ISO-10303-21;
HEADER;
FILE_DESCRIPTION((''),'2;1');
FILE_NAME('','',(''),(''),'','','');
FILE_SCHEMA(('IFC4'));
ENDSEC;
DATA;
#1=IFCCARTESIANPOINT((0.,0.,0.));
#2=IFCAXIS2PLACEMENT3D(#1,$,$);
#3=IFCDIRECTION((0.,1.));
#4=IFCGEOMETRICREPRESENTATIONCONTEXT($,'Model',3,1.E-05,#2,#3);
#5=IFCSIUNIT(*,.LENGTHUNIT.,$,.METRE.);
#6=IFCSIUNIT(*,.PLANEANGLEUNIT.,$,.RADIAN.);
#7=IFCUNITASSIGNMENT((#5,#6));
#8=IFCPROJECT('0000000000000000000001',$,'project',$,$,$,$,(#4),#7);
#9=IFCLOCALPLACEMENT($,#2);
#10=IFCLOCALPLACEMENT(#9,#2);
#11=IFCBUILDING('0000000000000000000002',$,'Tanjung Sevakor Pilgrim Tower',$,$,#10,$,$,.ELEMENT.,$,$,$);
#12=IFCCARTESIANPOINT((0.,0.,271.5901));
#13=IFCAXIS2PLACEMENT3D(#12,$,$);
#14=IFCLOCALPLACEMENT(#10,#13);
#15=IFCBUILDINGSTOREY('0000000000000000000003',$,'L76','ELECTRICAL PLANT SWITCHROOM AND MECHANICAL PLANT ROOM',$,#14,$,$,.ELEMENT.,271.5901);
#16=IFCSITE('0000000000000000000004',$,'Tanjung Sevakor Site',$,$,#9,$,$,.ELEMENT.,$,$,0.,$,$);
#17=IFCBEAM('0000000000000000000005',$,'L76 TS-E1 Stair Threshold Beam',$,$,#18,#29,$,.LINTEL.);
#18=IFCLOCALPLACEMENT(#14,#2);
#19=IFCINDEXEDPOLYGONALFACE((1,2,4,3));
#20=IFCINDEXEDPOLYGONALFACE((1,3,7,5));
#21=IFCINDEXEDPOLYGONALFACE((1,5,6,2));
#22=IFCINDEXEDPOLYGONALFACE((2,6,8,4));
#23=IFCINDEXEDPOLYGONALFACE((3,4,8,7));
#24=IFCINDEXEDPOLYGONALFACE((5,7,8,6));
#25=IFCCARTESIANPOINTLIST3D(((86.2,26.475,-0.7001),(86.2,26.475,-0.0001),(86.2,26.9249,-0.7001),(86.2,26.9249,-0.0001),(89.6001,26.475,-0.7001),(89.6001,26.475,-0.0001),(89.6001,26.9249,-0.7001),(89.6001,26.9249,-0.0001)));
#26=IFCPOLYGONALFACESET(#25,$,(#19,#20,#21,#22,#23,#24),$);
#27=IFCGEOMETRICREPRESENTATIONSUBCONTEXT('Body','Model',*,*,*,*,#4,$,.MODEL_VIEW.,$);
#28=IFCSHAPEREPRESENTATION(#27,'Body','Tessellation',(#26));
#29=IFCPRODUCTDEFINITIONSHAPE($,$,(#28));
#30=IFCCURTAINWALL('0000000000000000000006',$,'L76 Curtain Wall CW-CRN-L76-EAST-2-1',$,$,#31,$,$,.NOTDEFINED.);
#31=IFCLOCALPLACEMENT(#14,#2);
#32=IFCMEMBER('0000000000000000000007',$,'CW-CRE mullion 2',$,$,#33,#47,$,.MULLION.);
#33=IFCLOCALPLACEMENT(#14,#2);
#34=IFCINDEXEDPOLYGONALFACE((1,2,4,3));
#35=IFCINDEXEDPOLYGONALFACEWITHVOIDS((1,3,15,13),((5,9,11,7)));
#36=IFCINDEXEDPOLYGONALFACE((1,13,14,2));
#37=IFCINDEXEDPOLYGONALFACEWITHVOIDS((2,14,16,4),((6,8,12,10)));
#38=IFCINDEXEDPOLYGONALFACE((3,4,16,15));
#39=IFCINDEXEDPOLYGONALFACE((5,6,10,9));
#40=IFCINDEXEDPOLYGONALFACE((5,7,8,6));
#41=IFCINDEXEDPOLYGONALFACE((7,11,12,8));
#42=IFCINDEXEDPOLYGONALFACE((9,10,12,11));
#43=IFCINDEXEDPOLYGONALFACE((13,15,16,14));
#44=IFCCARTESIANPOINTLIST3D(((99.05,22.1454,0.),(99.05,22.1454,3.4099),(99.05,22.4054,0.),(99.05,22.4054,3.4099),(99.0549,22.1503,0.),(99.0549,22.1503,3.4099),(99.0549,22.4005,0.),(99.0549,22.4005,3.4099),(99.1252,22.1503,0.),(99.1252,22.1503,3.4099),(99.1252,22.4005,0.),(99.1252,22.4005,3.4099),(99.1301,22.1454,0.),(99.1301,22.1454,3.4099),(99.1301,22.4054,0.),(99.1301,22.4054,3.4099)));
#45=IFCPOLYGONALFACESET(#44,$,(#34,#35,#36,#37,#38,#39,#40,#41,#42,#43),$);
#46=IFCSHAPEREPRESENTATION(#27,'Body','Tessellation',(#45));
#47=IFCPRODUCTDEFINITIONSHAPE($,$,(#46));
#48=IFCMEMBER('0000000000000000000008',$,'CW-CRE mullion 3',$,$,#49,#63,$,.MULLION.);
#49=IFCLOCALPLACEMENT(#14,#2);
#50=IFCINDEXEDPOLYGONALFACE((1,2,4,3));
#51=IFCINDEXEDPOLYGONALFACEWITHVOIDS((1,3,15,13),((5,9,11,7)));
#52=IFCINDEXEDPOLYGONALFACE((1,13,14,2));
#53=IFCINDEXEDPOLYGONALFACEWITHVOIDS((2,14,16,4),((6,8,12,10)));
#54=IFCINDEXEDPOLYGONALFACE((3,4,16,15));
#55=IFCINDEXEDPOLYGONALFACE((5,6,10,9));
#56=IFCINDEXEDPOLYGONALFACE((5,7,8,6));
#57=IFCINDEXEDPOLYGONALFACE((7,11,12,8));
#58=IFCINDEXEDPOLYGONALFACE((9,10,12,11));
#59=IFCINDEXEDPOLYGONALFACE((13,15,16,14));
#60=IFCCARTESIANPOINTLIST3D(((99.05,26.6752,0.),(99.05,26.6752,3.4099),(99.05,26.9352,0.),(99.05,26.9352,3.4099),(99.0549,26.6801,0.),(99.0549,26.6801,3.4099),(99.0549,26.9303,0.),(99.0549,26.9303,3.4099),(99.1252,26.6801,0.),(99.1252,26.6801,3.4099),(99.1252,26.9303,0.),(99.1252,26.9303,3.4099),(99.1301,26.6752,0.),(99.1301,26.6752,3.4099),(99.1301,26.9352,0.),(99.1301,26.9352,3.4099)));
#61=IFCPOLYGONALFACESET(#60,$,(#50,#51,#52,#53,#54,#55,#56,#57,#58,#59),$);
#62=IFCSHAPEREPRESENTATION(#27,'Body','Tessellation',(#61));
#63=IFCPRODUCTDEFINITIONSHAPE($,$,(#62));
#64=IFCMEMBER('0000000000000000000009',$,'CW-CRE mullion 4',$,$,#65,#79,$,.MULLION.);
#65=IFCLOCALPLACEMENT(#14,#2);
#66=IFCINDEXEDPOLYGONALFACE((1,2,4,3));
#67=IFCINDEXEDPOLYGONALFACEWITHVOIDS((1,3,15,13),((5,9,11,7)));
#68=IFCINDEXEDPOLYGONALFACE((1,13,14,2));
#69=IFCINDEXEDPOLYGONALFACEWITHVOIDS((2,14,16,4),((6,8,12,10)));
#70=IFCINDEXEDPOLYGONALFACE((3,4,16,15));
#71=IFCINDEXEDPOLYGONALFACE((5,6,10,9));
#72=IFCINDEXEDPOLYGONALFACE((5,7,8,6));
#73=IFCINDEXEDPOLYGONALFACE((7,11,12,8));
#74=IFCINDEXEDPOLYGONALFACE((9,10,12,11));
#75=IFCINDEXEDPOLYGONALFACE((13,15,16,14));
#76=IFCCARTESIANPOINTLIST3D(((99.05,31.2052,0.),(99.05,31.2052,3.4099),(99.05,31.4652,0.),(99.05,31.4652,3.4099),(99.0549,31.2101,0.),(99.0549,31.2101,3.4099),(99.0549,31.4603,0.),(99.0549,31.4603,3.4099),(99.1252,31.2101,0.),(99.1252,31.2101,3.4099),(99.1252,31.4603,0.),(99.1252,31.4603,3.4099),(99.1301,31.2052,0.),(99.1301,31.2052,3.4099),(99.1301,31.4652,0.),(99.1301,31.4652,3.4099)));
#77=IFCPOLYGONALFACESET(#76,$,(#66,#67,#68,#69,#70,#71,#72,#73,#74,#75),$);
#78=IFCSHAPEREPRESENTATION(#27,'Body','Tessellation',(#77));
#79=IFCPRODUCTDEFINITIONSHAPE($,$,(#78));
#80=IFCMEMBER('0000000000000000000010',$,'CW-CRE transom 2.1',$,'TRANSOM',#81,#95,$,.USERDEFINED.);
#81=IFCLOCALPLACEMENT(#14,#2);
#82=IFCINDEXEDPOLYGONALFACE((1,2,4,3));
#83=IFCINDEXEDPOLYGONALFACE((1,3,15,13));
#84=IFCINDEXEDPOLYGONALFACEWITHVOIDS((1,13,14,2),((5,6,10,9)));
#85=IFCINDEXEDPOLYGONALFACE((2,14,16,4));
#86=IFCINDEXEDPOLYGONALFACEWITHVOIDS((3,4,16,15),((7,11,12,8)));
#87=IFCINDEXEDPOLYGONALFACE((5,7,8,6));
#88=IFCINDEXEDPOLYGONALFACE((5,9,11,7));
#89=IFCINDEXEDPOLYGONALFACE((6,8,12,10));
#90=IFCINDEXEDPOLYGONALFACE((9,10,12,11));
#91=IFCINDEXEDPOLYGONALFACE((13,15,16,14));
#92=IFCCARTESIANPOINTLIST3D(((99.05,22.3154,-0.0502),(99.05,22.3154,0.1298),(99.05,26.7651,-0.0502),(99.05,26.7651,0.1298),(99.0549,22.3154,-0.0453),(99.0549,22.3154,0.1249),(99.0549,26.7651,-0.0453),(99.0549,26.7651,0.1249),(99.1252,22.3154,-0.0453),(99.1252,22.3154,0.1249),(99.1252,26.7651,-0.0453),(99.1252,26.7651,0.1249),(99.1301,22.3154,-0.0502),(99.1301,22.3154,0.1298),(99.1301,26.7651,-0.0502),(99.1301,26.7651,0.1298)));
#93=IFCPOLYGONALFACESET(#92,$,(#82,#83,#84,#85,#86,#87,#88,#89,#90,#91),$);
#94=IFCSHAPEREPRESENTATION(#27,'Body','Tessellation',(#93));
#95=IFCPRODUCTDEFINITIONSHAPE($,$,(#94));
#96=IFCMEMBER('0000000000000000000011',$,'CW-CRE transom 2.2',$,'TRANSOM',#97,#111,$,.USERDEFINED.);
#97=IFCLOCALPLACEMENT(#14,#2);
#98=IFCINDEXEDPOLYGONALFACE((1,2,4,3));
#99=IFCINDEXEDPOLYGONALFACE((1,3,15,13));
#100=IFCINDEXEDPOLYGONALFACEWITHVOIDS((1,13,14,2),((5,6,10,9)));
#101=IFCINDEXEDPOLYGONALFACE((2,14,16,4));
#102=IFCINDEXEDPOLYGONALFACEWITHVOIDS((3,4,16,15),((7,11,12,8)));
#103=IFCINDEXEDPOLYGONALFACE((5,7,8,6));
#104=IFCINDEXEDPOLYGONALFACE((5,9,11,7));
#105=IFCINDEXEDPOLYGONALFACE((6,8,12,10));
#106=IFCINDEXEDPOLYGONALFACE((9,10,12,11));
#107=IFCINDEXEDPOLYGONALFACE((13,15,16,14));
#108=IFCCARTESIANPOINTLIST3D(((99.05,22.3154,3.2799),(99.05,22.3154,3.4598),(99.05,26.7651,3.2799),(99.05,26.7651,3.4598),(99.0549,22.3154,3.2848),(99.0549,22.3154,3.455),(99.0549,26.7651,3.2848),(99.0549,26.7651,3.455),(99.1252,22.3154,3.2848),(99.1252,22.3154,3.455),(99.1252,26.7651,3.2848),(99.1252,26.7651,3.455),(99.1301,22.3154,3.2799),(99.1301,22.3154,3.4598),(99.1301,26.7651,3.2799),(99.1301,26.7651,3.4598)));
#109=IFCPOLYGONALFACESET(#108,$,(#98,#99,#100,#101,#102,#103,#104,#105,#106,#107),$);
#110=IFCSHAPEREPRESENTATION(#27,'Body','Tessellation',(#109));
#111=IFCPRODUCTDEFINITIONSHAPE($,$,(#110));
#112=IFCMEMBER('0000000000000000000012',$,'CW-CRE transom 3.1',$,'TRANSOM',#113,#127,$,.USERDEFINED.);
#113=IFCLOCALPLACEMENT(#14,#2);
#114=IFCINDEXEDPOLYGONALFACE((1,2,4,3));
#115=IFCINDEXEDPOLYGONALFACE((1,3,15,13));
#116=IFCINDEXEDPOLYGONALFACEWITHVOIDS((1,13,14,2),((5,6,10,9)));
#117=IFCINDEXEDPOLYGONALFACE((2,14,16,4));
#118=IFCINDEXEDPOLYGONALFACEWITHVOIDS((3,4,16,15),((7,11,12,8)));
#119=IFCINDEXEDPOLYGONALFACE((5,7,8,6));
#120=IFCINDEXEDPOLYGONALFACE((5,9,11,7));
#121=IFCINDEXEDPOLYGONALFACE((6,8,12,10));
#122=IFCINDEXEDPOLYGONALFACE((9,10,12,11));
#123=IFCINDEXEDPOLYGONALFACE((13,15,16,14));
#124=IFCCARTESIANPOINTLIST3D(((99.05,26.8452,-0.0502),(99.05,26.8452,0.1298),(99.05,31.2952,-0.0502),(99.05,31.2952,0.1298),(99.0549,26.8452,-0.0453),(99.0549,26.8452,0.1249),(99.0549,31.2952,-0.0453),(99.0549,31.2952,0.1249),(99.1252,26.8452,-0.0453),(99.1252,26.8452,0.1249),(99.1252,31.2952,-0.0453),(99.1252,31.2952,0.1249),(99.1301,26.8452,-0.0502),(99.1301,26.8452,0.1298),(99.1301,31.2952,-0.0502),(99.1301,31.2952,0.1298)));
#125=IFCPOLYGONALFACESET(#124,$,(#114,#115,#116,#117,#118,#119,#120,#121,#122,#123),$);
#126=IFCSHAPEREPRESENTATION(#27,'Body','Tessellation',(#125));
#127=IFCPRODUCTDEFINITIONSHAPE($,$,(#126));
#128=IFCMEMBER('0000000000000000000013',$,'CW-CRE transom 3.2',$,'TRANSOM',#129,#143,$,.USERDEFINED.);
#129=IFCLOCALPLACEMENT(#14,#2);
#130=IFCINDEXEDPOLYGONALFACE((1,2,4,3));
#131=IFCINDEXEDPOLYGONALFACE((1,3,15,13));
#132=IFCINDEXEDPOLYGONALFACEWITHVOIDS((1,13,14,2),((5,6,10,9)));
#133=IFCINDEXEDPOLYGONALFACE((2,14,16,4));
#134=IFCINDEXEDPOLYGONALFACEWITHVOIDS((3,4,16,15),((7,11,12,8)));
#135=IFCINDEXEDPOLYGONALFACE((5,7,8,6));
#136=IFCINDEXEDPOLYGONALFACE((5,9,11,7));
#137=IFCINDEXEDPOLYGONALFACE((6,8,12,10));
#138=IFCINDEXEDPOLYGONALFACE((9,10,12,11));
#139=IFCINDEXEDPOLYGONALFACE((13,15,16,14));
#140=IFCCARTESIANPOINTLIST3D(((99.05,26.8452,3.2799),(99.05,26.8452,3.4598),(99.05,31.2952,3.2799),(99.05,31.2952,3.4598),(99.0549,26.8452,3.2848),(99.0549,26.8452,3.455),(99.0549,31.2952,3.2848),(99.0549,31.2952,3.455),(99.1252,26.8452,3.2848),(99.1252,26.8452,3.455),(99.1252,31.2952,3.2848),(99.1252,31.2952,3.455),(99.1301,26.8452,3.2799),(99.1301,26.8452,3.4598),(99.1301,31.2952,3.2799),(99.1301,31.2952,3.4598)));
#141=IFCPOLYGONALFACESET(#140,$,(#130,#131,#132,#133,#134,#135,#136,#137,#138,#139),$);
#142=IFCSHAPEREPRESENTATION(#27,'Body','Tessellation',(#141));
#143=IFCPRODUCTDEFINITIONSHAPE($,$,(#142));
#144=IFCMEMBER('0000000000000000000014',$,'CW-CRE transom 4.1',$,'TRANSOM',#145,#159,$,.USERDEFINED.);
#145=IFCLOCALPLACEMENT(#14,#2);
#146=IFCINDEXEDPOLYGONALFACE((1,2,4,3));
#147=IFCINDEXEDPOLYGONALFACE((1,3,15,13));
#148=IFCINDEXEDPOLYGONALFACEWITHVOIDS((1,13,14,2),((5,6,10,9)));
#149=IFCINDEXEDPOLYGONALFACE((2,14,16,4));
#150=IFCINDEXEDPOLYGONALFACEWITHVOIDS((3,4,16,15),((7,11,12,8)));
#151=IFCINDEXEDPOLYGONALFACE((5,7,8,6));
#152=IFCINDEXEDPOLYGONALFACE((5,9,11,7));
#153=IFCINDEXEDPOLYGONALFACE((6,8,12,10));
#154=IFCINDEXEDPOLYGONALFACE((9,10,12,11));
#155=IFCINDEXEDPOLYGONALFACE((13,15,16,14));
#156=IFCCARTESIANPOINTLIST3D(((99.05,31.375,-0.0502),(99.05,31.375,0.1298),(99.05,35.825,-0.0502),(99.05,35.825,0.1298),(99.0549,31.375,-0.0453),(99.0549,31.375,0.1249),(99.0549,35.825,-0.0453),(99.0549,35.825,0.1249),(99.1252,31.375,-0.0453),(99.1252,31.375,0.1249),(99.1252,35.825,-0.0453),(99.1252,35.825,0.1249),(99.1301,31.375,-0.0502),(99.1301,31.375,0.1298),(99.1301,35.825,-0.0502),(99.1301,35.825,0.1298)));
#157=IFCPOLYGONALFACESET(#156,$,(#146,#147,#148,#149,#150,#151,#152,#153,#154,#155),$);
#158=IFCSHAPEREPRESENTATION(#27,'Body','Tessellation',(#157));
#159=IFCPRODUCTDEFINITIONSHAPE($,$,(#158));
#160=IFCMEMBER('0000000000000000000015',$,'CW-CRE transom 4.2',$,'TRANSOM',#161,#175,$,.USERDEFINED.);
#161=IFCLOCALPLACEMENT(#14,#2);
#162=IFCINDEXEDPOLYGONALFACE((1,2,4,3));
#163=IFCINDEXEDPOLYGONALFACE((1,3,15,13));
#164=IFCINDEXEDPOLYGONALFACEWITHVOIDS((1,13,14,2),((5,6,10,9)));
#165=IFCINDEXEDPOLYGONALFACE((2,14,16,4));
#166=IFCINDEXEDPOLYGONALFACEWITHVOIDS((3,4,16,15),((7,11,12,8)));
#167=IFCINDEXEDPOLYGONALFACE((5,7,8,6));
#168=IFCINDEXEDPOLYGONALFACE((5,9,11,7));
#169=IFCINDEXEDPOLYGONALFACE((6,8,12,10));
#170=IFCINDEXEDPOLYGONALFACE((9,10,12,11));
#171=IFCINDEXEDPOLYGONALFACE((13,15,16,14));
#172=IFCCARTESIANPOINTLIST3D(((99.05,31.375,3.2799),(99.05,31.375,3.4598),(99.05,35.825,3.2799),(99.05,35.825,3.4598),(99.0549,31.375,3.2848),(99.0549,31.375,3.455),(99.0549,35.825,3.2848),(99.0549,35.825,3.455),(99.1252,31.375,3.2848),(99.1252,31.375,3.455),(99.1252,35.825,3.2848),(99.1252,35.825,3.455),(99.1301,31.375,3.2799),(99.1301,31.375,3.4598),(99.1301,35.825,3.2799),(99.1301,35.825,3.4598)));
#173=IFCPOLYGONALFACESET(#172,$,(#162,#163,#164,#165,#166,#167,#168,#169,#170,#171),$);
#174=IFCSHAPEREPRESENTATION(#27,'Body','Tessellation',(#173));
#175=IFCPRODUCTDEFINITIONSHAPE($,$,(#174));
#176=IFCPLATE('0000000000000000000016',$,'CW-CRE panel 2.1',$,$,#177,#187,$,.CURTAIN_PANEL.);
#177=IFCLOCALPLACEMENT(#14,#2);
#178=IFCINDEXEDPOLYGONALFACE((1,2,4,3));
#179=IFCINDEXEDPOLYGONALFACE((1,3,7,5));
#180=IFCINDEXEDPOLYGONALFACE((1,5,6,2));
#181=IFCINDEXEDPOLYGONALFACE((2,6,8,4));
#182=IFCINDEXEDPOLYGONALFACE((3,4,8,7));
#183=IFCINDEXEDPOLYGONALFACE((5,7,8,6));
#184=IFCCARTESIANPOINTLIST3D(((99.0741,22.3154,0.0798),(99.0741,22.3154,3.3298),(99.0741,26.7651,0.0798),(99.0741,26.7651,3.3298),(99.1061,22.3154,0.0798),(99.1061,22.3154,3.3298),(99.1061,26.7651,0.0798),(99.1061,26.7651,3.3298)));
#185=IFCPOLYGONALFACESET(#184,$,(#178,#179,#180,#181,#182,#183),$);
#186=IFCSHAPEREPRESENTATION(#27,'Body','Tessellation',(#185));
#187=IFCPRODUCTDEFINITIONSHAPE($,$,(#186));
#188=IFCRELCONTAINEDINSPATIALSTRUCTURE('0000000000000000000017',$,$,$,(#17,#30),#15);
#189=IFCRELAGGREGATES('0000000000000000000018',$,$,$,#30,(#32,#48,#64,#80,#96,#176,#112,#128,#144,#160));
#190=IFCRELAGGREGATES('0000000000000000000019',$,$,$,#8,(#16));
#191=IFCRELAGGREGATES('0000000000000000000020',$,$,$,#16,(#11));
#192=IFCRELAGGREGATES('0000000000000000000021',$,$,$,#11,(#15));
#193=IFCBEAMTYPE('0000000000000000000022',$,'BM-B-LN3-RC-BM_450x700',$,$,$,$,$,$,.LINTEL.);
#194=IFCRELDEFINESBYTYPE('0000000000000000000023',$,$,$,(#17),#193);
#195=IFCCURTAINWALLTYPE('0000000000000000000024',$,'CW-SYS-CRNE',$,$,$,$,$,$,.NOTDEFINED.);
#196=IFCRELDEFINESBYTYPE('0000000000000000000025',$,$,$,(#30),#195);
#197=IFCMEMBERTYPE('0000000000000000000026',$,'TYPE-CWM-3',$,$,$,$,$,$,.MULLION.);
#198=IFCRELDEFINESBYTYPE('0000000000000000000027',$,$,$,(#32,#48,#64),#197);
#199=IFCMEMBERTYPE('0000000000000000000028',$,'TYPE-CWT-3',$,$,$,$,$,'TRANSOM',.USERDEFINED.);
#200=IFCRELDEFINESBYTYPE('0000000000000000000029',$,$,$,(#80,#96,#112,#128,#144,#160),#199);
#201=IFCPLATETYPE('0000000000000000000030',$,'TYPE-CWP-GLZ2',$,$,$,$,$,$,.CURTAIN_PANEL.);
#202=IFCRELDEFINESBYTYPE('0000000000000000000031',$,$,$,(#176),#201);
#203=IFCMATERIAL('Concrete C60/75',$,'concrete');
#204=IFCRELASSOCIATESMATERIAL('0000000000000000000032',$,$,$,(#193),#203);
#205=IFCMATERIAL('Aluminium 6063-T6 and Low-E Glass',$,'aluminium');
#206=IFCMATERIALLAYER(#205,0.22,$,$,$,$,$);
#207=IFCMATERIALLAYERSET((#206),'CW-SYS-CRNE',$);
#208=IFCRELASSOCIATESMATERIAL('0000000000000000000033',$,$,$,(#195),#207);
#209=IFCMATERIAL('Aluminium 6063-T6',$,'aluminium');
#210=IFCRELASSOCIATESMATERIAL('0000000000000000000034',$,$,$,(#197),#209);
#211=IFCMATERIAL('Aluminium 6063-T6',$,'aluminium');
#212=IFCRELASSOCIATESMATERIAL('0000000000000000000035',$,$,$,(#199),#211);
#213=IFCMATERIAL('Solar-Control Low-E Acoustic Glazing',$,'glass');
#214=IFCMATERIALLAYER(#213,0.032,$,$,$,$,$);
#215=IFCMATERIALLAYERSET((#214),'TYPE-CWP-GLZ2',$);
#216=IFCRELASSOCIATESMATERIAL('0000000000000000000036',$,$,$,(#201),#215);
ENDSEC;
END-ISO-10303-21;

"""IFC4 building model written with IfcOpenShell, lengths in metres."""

from ifc_helpers import new_model, si_unit, direction, frame, origin, origin_2d, place, context, subcontext, project, spatial, rectangle, hollow_rectangle, extrude, material, layer, layer_set, material_profile, profile_set, type_object, element, aggregate, save


model = new_model("IFC4")

# Units and contexts
model_context = context("Model", 3, precision=1e-05, world=origin(), true_north=direction((0.0, 1.0)))
body_context = subcontext(model_context, "Body", "Model", "MODEL_VIEW")
ifc_project = project(units=[si_unit("LENGTHUNIT", "METRE"), si_unit("PLANEANGLEUNIT", "RADIAN")], contexts=[model_context])

# Site, building, storey
site_placement = place(None, origin())
site = spatial("IfcSite", under=ifc_project, at=site_placement, Name="Tanjung Sevakor Site", CompositionType="ELEMENT", RefElevation=0.0)
building_placement = place(site_placement, origin())
building = spatial("IfcBuilding", under=site, at=building_placement, Name="Tanjung Sevakor Pilgrim Tower", CompositionType="ELEMENT")
storey_placement = place(building_placement, frame((0.0, 0.0, 271.5901)))
storey = spatial("IfcBuildingStorey", under=building, at=storey_placement, Name="L76", Description="ELECTRICAL PLANT SWITCHROOM AND MECHANICAL PLANT ROOM", CompositionType="ELEMENT", Elevation=271.5901)

# Beam
ifc_material_1 = material(Name="Concrete C60/75", Category="concrete")
ifc_material_profile_1 = material_profile(ifc_material_1, rectangle(XDim=0.45, YDim=0.7, at=origin_2d()))
ifc_profile_set_1 = profile_set([ifc_material_profile_1], Name="Concrete C60/75")
beam_type = type_object("IfcBeamType", Name="BM-B-LN3-RC-BM_450x700", PredefinedType="LINTEL", material=ifc_profile_set_1)
beam_placement = place(storey_placement, frame((86.2, 26.7, -0.3501), z_axis=(1.0, 0.0, 0.0), x_axis=(0.0, 1.0, 0.0)))
element("IfcBeam", 1, at=beam_placement, inside=storey, type_object=beam_type, Name="L76 TS-E1 Stair Threshold Beam", PredefinedType="LINTEL", context=body_context, shape_type="SweptSolid", body=[
    extrude(rectangle(XDim=0.45, YDim=0.7, at=origin_2d()), origin(), (0.0, 0.0, 1.0), 3.4001),
])

# Curtain wall, members, plate
ifc_material_2 = material(Name="Aluminium 6063-T6 and Low-E Glass", Category="aluminium")
ifc_layer_1 = layer(ifc_material_2, 0.22)
ifc_layer_set_1 = layer_set([ifc_layer_1], Name="CW-SYS-CRNE")
curtain_wall_type = type_object("IfcCurtainWallType", Name="CW-SYS-CRNE", PredefinedType="NOTDEFINED", material=ifc_layer_set_1)
curtain_wall_placement = place(storey_placement, origin())
curtain_wall = element("IfcCurtainWall", 2, at=curtain_wall_placement, inside=storey, type_object=curtain_wall_type, Name="L76 Curtain Wall CW-CRN-L76-EAST-2-1", PredefinedType="NOTDEFINED")
ifc_material_3 = material(Name="Aluminium 6063-T6", Category="aluminium")
ifc_material_profile_2 = material_profile(ifc_material_3, hollow_rectangle(XDim=0.0801, YDim=0.26, WallThickness=0.0049, at=origin_2d()))
ifc_profile_set_2 = profile_set([ifc_material_profile_2], Name="Aluminium 6063-T6")
member_type_1 = type_object("IfcMemberType", Name="TYPE-CWM-3", PredefinedType="MULLION", material=ifc_profile_set_2)
member_1_placement = place(storey_placement, frame((99.0901, 22.2754, 0.0), z_axis=(0.0, 0.0, 1.0), x_axis=(-1.0, 0.0, 0.0)))
member_1 = element("IfcMember", 3, at=member_1_placement, type_object=member_type_1, Name="CW-CRE mullion 2", PredefinedType="MULLION", context=body_context, shape_type="SweptSolid", body=[
    extrude(hollow_rectangle(XDim=0.0801, YDim=0.26, WallThickness=0.0049, at=origin_2d()), origin(), (0.0, 0.0, 1.0), 3.4099),
])
member_2_placement = place(storey_placement, frame((99.0901, 26.8052, 0.0), z_axis=(0.0, 0.0, 1.0), x_axis=(-1.0, 0.0, 0.0)))
member_2 = element("IfcMember", 4, at=member_2_placement, type_object=member_type_1, Name="CW-CRE mullion 3", PredefinedType="MULLION", context=body_context, shape_type="SweptSolid", body=[
    extrude(hollow_rectangle(XDim=0.0801, YDim=0.26, WallThickness=0.0049, at=origin_2d()), origin(), (0.0, 0.0, 1.0), 3.4099),
])
member_3_placement = place(storey_placement, frame((99.0901, 31.3352, 0.0), z_axis=(0.0, 0.0, 1.0), x_axis=(-1.0, 0.0, 0.0)))
member_3 = element("IfcMember", 5, at=member_3_placement, type_object=member_type_1, Name="CW-CRE mullion 4", PredefinedType="MULLION", context=body_context, shape_type="SweptSolid", body=[
    extrude(hollow_rectangle(XDim=0.0801, YDim=0.26, WallThickness=0.0049, at=origin_2d()), origin(), (0.0, 0.0, 1.0), 3.4099),
])
ifc_material_4 = material(Name="Aluminium 6063-T6", Category="aluminium")
ifc_material_profile_3 = material_profile(ifc_material_4, hollow_rectangle(XDim=0.0801, YDim=0.1799, WallThickness=0.0049, at=origin_2d()))
ifc_profile_set_3 = profile_set([ifc_material_profile_3], Name="Aluminium 6063-T6")
member_type_2 = type_object("IfcMemberType", Name="TYPE-CWT-3", ElementType="TRANSOM", PredefinedType="USERDEFINED", material=ifc_profile_set_3)
member_4_placement = place(storey_placement, frame((99.0901, 22.3154, 0.0398), z_axis=(0.0, 1.0, 0.0), x_axis=(-1.0, 0.0, 0.0)))
member_4 = element("IfcMember", 6, at=member_4_placement, type_object=member_type_2, Name="CW-CRE transom 2.1", ObjectType="TRANSOM", PredefinedType="USERDEFINED", context=body_context, shape_type="SweptSolid", body=[
    extrude(hollow_rectangle(XDim=0.0801, YDim=0.1799, WallThickness=0.0049, at=origin_2d()), origin(), (0.0, 0.0, 1.0), 4.4497),
])
member_5_placement = place(storey_placement, frame((99.0901, 22.3154, 3.3699), z_axis=(0.0, 1.0, 0.0), x_axis=(-1.0, 0.0, 0.0)))
member_5 = element("IfcMember", 7, at=member_5_placement, type_object=member_type_2, Name="CW-CRE transom 2.2", ObjectType="TRANSOM", PredefinedType="USERDEFINED", context=body_context, shape_type="SweptSolid", body=[
    extrude(hollow_rectangle(XDim=0.0801, YDim=0.1799, WallThickness=0.0049, at=origin_2d()), origin(), (0.0, 0.0, 1.0), 4.4497),
])
member_6_placement = place(storey_placement, frame((99.0901, 26.8452, 0.0398), z_axis=(0.0, 1.0, 0.0), x_axis=(-1.0, 0.0, 0.0)))
member_6 = element("IfcMember", 8, at=member_6_placement, type_object=member_type_2, Name="CW-CRE transom 3.1", ObjectType="TRANSOM", PredefinedType="USERDEFINED", context=body_context, shape_type="SweptSolid", body=[
    extrude(hollow_rectangle(XDim=0.0801, YDim=0.1799, WallThickness=0.0049, at=origin_2d()), origin(), (0.0, 0.0, 1.0), 4.45),
])
member_7_placement = place(storey_placement, frame((99.0901, 26.8452, 3.3699), z_axis=(0.0, 1.0, 0.0), x_axis=(-1.0, 0.0, 0.0)))
member_7 = element("IfcMember", 9, at=member_7_placement, type_object=member_type_2, Name="CW-CRE transom 3.2", ObjectType="TRANSOM", PredefinedType="USERDEFINED", context=body_context, shape_type="SweptSolid", body=[
    extrude(hollow_rectangle(XDim=0.0801, YDim=0.1799, WallThickness=0.0049, at=origin_2d()), origin(), (0.0, 0.0, 1.0), 4.45),
])
member_8_placement = place(storey_placement, frame((99.0901, 31.375, 0.0398), z_axis=(0.0, 1.0, 0.0), x_axis=(-1.0, 0.0, 0.0)))
member_8 = element("IfcMember", 10, at=member_8_placement, type_object=member_type_2, Name="CW-CRE transom 4.1", ObjectType="TRANSOM", PredefinedType="USERDEFINED", context=body_context, shape_type="SweptSolid", body=[
    extrude(hollow_rectangle(XDim=0.0801, YDim=0.1799, WallThickness=0.0049, at=origin_2d()), origin(), (0.0, 0.0, 1.0), 4.45),
])
member_9_placement = place(storey_placement, frame((99.0901, 31.375, 3.3699), z_axis=(0.0, 1.0, 0.0), x_axis=(-1.0, 0.0, 0.0)))
member_9 = element("IfcMember", 11, at=member_9_placement, type_object=member_type_2, Name="CW-CRE transom 4.2", ObjectType="TRANSOM", PredefinedType="USERDEFINED", context=body_context, shape_type="SweptSolid", body=[
    extrude(hollow_rectangle(XDim=0.0801, YDim=0.1799, WallThickness=0.0049, at=origin_2d()), origin(), (0.0, 0.0, 1.0), 4.45),
])
ifc_material_5 = material(Name="Solar-Control Low-E Acoustic Glazing", Category="glass")
ifc_layer_2 = layer(ifc_material_5, 0.032)
ifc_layer_set_2 = layer_set([ifc_layer_2], Name="TYPE-CWP-GLZ2")
plate_type = type_object("IfcPlateType", Name="TYPE-CWP-GLZ2", PredefinedType="CURTAIN_PANEL", material=ifc_layer_set_2)
plate_1_placement = place(storey_placement, frame((99.0901, 24.5403, 0.0798), z_axis=(0.0, 0.0, 1.0), x_axis=(0.0, 1.0, 0.0)))
plate_1 = element("IfcPlate", 12, at=plate_1_placement, type_object=plate_type, Name="CW-CRE panel 2.1", PredefinedType="CURTAIN_PANEL", context=body_context, shape_type="SweptSolid", body=[
    extrude(rectangle(XDim=4.4497, YDim=0.032, at=origin_2d()), origin(), (0.0, 0.0, 1.0), 3.25),
])
aggregate(curtain_wall, [member_1, member_2, member_3, member_4, member_5, plate_1, member_6, member_7, member_8, member_9])

save(model, "model.ifc")
